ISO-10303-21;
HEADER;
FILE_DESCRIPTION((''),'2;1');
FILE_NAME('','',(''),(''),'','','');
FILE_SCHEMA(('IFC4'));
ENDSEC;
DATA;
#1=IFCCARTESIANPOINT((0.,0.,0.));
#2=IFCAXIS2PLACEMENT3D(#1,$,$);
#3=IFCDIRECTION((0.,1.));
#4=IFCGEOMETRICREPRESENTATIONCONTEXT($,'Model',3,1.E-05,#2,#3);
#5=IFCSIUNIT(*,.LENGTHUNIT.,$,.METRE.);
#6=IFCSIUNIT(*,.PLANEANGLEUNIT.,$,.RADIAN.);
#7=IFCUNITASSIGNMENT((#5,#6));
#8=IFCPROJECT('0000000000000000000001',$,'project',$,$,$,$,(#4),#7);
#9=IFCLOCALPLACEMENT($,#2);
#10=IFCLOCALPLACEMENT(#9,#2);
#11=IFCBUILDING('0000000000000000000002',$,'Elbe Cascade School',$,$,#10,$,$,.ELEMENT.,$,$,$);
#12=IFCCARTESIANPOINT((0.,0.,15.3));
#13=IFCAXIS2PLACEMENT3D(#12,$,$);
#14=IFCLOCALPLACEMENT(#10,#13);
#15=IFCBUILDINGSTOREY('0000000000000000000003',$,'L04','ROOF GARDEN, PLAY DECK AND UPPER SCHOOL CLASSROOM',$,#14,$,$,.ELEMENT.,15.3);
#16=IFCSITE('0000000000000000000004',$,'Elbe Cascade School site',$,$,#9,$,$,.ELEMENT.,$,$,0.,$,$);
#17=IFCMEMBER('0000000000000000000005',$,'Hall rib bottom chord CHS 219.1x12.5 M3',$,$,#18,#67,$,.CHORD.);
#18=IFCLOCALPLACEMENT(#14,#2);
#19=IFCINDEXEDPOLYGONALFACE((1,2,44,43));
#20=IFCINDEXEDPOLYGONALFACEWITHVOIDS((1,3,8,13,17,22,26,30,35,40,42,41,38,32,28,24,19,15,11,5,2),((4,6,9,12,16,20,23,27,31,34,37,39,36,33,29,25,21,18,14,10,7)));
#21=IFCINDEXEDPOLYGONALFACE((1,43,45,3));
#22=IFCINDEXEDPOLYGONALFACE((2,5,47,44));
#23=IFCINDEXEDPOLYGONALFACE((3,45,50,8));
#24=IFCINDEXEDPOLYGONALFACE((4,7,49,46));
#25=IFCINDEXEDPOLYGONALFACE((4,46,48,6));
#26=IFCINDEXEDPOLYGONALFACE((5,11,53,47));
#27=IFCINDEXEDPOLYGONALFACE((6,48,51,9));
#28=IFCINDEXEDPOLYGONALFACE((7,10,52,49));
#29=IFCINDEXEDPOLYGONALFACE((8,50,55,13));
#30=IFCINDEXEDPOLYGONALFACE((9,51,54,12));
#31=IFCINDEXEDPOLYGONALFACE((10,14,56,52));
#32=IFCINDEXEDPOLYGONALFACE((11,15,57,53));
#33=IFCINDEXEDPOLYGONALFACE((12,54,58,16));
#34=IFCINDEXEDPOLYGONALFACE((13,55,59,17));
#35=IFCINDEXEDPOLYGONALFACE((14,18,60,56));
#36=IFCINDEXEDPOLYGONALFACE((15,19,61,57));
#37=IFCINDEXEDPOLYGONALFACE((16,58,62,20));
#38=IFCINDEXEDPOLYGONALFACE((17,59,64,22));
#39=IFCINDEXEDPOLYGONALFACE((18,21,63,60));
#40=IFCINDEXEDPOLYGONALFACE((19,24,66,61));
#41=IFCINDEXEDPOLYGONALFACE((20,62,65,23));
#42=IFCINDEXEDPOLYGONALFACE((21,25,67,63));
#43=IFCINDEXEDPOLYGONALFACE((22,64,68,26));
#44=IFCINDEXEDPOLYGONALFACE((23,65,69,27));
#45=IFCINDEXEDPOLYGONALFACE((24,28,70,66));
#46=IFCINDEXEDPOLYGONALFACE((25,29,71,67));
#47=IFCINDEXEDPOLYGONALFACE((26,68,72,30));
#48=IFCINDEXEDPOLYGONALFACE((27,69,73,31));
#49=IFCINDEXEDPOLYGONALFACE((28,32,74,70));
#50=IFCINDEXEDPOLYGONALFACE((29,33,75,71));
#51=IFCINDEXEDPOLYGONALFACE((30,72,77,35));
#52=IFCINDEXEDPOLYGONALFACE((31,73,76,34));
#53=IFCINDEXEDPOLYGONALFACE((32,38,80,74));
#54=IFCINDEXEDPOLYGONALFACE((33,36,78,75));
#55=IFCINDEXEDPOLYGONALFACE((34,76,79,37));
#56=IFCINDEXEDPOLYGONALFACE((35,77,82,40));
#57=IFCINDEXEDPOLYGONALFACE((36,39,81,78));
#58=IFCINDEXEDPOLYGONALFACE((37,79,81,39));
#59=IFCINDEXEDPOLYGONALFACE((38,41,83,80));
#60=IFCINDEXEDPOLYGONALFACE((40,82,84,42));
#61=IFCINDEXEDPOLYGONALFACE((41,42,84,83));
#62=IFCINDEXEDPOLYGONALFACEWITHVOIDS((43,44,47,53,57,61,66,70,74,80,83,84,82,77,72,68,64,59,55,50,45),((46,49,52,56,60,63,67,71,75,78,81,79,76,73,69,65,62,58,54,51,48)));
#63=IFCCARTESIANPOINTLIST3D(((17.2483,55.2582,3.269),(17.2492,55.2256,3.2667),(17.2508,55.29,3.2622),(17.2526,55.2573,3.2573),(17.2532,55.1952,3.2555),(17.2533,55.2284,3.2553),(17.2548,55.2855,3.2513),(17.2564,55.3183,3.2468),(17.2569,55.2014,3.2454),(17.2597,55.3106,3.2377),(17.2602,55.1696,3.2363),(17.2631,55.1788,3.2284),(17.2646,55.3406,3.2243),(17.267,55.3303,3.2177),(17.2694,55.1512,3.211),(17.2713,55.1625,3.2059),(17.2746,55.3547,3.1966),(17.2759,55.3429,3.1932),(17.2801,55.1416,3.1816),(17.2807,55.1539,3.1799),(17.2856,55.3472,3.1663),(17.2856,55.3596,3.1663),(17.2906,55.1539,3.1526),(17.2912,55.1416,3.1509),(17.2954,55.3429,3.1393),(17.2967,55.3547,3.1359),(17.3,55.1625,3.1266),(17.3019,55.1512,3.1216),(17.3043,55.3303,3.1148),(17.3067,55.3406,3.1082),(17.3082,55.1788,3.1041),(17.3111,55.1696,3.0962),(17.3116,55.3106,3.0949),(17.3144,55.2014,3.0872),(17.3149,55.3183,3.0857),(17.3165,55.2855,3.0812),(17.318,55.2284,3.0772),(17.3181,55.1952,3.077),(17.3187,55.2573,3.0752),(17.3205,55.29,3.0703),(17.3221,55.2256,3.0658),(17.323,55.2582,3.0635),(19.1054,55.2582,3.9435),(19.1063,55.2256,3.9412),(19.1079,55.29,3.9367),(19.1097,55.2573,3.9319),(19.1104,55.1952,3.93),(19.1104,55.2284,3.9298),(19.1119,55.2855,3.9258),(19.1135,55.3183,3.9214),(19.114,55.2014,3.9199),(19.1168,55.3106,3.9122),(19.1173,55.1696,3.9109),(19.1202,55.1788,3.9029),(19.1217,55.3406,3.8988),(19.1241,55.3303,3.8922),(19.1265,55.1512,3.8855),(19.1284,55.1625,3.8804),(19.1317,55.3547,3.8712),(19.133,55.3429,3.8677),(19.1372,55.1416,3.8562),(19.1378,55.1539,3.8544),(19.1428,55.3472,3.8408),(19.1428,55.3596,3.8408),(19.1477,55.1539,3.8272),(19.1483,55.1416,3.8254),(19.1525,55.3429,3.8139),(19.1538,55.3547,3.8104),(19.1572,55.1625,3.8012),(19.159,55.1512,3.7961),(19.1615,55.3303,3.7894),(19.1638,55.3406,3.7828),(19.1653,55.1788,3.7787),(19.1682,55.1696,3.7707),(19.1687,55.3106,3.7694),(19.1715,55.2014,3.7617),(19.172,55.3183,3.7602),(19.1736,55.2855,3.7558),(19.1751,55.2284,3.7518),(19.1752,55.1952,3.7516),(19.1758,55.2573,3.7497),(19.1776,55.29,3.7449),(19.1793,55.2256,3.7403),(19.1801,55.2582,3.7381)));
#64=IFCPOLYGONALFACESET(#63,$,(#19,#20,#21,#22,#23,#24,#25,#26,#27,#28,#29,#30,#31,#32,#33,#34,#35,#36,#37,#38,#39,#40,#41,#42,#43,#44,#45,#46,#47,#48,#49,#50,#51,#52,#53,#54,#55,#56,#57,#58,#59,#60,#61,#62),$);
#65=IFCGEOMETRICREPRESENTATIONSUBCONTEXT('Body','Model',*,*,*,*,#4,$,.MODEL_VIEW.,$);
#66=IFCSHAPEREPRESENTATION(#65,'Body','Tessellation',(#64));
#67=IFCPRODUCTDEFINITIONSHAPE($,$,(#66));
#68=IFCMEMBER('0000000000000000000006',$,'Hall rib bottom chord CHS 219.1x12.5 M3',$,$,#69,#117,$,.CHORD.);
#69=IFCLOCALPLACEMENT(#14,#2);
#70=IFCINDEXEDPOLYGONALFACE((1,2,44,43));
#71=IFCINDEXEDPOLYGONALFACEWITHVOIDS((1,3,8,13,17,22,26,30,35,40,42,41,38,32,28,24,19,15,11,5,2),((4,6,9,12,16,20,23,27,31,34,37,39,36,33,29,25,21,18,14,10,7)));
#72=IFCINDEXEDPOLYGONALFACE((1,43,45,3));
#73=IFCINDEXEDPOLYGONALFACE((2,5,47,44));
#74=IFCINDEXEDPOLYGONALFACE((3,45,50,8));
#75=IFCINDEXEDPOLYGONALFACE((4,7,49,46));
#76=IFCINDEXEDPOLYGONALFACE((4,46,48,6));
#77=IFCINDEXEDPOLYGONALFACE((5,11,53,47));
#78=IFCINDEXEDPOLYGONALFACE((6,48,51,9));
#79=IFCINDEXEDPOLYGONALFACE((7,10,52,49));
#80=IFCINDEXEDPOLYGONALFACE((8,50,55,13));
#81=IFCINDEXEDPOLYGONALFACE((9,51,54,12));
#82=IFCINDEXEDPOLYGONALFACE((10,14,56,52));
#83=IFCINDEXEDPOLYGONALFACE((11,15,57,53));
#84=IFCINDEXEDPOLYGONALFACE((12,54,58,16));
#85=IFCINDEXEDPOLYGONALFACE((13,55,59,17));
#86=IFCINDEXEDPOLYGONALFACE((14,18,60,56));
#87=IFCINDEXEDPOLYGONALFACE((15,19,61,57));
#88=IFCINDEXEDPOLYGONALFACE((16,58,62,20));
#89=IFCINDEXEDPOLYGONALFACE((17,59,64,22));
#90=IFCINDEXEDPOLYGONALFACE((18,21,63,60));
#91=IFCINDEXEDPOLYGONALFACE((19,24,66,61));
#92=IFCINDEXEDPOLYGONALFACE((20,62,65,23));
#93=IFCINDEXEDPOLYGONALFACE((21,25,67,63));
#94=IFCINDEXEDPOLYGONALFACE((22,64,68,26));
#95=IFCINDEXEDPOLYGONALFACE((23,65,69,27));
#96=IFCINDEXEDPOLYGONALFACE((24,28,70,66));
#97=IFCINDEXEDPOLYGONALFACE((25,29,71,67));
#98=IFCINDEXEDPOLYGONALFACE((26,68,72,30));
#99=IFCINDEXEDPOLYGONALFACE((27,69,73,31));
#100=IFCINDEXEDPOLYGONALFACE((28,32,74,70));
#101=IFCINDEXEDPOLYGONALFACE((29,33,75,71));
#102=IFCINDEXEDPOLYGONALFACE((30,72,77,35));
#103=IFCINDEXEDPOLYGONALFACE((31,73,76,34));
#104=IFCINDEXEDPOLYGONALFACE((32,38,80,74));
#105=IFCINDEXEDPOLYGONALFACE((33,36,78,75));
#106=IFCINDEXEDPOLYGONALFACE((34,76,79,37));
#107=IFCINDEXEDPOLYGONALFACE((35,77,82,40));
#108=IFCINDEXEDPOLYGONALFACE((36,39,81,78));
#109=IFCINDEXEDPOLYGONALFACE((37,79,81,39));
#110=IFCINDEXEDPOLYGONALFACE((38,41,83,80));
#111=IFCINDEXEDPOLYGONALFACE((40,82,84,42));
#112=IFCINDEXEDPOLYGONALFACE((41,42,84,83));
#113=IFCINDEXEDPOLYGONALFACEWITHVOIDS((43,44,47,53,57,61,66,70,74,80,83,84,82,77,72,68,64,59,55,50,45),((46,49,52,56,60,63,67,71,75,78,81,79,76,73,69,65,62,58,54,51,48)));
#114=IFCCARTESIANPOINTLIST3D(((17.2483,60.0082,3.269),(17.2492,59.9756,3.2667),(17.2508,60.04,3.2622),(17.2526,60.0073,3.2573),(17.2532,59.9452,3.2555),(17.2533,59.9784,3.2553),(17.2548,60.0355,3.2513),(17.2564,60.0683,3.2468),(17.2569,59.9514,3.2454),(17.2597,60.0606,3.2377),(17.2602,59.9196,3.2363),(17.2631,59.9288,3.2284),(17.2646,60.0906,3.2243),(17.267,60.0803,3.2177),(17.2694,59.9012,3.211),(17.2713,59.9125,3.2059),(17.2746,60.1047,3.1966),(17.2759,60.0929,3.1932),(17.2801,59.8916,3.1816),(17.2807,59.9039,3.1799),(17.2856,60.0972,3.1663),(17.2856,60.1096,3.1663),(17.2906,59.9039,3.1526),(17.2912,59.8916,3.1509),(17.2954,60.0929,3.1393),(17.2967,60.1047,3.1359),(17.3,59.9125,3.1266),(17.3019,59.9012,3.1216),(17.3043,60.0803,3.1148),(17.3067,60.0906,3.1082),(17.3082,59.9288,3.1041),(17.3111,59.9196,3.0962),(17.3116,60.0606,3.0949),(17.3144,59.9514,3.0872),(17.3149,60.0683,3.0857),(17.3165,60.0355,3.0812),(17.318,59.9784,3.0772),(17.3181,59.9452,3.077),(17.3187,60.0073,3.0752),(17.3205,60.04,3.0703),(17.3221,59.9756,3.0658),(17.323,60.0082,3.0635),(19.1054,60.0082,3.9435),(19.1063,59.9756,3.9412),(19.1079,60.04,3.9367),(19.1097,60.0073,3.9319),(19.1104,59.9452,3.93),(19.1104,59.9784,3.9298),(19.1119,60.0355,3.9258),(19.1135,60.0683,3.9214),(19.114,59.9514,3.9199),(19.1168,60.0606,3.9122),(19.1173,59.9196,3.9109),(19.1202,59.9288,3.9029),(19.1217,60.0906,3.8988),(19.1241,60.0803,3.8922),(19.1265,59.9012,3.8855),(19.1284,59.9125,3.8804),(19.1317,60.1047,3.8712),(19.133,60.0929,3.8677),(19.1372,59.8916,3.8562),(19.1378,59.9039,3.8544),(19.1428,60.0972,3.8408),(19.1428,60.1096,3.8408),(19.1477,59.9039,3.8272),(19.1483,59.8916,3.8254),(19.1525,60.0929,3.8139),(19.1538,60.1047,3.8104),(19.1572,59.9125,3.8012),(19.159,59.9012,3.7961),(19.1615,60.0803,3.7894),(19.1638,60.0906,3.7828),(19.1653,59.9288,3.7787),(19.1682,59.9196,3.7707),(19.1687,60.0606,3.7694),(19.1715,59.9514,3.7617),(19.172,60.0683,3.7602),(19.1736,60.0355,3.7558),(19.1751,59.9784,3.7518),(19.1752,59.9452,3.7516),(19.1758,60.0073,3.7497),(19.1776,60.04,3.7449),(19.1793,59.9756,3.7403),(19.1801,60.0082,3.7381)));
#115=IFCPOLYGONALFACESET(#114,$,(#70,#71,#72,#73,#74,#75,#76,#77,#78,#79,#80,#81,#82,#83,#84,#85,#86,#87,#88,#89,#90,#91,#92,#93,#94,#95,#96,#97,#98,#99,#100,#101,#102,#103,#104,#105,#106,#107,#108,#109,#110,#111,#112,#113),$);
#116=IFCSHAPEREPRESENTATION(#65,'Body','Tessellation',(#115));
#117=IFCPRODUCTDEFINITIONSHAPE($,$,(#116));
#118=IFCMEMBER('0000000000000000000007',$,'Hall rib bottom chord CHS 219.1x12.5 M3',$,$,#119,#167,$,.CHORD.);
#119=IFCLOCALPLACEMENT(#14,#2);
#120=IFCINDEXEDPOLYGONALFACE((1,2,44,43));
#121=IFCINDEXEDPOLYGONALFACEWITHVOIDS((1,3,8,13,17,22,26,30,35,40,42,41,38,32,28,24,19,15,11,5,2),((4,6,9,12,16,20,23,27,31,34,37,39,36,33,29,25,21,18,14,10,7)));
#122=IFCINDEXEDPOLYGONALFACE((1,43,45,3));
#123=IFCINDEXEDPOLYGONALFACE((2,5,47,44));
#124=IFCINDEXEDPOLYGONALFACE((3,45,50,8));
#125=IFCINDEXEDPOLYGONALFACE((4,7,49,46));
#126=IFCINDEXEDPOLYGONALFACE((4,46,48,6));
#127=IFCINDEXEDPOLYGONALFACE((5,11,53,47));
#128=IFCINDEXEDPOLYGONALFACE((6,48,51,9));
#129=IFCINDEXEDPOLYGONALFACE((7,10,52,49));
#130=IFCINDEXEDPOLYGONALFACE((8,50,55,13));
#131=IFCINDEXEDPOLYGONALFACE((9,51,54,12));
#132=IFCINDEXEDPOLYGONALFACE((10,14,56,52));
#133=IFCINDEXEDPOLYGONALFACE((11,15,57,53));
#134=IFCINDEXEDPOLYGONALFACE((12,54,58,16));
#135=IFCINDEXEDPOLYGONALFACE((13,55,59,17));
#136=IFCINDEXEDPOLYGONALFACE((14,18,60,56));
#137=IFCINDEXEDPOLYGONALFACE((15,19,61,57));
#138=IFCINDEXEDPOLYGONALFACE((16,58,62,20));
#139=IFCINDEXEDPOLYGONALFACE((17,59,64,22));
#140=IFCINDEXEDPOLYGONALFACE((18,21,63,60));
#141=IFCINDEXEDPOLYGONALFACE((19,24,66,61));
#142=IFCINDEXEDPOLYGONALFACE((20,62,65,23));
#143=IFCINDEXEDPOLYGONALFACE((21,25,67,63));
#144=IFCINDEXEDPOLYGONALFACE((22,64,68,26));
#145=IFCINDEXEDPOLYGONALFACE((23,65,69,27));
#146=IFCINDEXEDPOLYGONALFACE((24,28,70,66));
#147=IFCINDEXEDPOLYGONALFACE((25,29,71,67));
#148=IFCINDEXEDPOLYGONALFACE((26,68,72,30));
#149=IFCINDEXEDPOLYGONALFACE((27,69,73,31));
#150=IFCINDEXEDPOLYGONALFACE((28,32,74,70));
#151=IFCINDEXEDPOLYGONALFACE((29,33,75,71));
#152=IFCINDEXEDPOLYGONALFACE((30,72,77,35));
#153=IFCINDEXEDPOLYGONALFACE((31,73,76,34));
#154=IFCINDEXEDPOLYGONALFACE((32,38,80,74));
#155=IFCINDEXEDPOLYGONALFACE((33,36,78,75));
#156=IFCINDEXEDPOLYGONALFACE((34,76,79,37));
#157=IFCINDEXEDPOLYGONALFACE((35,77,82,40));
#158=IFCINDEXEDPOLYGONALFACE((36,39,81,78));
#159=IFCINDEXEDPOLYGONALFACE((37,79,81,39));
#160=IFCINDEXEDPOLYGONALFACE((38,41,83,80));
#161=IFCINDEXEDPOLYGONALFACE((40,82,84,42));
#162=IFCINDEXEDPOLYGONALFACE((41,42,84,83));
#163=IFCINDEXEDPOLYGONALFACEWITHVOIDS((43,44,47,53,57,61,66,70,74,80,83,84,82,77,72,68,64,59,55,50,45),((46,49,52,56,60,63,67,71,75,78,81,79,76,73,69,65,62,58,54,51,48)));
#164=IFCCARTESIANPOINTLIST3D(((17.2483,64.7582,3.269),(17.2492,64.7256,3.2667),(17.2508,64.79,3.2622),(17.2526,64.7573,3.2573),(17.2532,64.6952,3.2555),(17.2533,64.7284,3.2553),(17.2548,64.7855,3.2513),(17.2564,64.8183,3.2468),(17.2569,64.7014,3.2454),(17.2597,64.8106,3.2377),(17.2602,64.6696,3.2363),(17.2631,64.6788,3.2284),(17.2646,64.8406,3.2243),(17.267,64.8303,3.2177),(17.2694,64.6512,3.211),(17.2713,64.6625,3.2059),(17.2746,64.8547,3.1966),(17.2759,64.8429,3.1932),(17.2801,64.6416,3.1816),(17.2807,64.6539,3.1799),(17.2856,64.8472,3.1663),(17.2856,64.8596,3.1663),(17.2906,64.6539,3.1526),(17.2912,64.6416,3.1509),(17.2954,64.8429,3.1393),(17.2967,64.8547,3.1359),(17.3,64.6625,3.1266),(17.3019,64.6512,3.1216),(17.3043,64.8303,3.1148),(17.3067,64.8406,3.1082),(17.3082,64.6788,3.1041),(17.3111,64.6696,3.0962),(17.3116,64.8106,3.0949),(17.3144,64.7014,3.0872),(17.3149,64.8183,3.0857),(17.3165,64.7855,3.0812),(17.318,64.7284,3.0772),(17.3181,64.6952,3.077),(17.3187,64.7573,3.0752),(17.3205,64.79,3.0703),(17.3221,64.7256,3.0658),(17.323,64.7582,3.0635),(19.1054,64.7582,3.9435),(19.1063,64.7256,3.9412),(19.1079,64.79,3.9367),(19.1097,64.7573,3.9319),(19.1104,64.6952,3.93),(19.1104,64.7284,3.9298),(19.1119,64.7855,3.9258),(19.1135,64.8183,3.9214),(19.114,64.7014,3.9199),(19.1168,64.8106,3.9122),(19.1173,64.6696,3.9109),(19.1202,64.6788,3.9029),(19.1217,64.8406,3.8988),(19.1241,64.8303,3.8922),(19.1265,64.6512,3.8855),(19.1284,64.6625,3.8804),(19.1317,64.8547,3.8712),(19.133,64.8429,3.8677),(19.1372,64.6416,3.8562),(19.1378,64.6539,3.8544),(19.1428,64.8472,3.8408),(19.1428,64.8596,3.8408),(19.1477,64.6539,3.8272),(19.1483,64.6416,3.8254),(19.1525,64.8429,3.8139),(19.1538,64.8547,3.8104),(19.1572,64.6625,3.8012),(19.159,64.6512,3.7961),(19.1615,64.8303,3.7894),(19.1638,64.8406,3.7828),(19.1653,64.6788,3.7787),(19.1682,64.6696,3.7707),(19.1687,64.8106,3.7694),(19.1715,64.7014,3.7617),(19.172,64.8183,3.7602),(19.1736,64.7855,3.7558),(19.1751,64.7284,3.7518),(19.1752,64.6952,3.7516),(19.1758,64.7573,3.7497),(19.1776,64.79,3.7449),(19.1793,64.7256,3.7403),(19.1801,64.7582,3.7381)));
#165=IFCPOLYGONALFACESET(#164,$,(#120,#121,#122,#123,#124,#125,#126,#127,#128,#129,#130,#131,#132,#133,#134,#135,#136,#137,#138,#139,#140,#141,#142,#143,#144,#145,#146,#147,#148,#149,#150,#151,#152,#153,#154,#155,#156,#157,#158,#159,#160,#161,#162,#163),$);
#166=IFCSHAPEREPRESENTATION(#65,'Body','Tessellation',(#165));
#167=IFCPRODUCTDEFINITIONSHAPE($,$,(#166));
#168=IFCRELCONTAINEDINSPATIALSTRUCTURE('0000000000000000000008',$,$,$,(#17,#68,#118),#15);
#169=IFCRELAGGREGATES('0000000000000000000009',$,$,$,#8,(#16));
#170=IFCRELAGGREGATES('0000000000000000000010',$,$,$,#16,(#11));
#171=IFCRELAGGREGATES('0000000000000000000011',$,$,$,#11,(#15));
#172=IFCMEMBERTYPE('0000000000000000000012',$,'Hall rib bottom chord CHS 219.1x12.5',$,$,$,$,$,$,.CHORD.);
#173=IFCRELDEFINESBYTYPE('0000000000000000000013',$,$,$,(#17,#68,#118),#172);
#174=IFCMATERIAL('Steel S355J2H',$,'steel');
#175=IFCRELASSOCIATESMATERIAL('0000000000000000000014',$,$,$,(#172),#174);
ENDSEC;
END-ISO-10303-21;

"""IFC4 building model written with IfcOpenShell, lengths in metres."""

from ifc_helpers import new_model, si_unit, direction, frame, origin, origin_2d, place, context, subcontext, project, spatial, hollow_circle, extrude, material, material_profile, profile_set, type_object, element, save


model = new_model("IFC4")

# Units and contexts
model_context = context("Model", 3, precision=1e-05, world=origin(), true_north=direction((0.0, 1.0)))
body_context = subcontext(model_context, "Body", "Model", "MODEL_VIEW")
ifc_project = project(units=[si_unit("LENGTHUNIT", "METRE"), si_unit("PLANEANGLEUNIT", "RADIAN")], contexts=[model_context])

# Site, building, storey
site_placement = place(None, origin())
site = spatial("IfcSite", under=ifc_project, at=site_placement, Name="Elbe Cascade School site", CompositionType="ELEMENT", RefElevation=0.0)
building_placement = place(site_placement, origin())
building = spatial("IfcBuilding", under=site, at=building_placement, Name="Elbe Cascade School", CompositionType="ELEMENT")
storey_placement = place(building_placement, frame((0.0, 0.0, 15.3)))
storey = spatial("IfcBuildingStorey", under=building, at=storey_placement, Name="L04", Description="ROOF GARDEN, PLAY DECK AND UPPER SCHOOL CLASSROOM", CompositionType="ELEMENT", Elevation=15.3)

# Members
ifc_material_1 = material(Name="Steel S355J2H", Category="steel")
ifc_material_profile_1 = material_profile(ifc_material_1, hollow_circle(Radius=0.1096, WallThickness=0.0125, at=origin_2d()), Name="CHS 219.1x12.5")
ifc_profile_set_1 = profile_set([ifc_material_profile_1], Name="Steel S355J2H")
member_type_1 = type_object("IfcMemberType", Name="Hall rib bottom chord CHS 219.1x12.5", PredefinedType="CHORD", material=ifc_profile_set_1)
for number, where, z_axis, x_axis, name in (
    (1, (17.2856, 55.25, 3.1663), (0.93992, 0.0, 0.341396), (0.0, 1.0, 0.0), "Hall rib bottom chord CHS 219.1x12.5 M3"),
    (2, (17.2856, 60.0, 3.1663), (0.93992, 0.0, 0.341396), (0.0, 1.0, 0.0), "Hall rib bottom chord CHS 219.1x12.5 M3"),
    (3, (17.2856, 64.75, 3.1663), (0.93992, 0.0, 0.341396), (0.0, 1.0, 0.0), "Hall rib bottom chord CHS 219.1x12.5 M3"),
):
    element("IfcMember", number, at=place(storey_placement, frame(where, z_axis=z_axis, x_axis=x_axis)), inside=storey, type_object=member_type_1, Name=name, PredefinedType="CHORD", context=body_context, shape_type="SweptSolid", body=[
        extrude(hollow_circle(Radius=0.1096, WallThickness=0.0125, at=origin_2d()), origin(), (0.0, 0.0, 1.0), 1.9758),
    ])

save(model, "model.ifc")
